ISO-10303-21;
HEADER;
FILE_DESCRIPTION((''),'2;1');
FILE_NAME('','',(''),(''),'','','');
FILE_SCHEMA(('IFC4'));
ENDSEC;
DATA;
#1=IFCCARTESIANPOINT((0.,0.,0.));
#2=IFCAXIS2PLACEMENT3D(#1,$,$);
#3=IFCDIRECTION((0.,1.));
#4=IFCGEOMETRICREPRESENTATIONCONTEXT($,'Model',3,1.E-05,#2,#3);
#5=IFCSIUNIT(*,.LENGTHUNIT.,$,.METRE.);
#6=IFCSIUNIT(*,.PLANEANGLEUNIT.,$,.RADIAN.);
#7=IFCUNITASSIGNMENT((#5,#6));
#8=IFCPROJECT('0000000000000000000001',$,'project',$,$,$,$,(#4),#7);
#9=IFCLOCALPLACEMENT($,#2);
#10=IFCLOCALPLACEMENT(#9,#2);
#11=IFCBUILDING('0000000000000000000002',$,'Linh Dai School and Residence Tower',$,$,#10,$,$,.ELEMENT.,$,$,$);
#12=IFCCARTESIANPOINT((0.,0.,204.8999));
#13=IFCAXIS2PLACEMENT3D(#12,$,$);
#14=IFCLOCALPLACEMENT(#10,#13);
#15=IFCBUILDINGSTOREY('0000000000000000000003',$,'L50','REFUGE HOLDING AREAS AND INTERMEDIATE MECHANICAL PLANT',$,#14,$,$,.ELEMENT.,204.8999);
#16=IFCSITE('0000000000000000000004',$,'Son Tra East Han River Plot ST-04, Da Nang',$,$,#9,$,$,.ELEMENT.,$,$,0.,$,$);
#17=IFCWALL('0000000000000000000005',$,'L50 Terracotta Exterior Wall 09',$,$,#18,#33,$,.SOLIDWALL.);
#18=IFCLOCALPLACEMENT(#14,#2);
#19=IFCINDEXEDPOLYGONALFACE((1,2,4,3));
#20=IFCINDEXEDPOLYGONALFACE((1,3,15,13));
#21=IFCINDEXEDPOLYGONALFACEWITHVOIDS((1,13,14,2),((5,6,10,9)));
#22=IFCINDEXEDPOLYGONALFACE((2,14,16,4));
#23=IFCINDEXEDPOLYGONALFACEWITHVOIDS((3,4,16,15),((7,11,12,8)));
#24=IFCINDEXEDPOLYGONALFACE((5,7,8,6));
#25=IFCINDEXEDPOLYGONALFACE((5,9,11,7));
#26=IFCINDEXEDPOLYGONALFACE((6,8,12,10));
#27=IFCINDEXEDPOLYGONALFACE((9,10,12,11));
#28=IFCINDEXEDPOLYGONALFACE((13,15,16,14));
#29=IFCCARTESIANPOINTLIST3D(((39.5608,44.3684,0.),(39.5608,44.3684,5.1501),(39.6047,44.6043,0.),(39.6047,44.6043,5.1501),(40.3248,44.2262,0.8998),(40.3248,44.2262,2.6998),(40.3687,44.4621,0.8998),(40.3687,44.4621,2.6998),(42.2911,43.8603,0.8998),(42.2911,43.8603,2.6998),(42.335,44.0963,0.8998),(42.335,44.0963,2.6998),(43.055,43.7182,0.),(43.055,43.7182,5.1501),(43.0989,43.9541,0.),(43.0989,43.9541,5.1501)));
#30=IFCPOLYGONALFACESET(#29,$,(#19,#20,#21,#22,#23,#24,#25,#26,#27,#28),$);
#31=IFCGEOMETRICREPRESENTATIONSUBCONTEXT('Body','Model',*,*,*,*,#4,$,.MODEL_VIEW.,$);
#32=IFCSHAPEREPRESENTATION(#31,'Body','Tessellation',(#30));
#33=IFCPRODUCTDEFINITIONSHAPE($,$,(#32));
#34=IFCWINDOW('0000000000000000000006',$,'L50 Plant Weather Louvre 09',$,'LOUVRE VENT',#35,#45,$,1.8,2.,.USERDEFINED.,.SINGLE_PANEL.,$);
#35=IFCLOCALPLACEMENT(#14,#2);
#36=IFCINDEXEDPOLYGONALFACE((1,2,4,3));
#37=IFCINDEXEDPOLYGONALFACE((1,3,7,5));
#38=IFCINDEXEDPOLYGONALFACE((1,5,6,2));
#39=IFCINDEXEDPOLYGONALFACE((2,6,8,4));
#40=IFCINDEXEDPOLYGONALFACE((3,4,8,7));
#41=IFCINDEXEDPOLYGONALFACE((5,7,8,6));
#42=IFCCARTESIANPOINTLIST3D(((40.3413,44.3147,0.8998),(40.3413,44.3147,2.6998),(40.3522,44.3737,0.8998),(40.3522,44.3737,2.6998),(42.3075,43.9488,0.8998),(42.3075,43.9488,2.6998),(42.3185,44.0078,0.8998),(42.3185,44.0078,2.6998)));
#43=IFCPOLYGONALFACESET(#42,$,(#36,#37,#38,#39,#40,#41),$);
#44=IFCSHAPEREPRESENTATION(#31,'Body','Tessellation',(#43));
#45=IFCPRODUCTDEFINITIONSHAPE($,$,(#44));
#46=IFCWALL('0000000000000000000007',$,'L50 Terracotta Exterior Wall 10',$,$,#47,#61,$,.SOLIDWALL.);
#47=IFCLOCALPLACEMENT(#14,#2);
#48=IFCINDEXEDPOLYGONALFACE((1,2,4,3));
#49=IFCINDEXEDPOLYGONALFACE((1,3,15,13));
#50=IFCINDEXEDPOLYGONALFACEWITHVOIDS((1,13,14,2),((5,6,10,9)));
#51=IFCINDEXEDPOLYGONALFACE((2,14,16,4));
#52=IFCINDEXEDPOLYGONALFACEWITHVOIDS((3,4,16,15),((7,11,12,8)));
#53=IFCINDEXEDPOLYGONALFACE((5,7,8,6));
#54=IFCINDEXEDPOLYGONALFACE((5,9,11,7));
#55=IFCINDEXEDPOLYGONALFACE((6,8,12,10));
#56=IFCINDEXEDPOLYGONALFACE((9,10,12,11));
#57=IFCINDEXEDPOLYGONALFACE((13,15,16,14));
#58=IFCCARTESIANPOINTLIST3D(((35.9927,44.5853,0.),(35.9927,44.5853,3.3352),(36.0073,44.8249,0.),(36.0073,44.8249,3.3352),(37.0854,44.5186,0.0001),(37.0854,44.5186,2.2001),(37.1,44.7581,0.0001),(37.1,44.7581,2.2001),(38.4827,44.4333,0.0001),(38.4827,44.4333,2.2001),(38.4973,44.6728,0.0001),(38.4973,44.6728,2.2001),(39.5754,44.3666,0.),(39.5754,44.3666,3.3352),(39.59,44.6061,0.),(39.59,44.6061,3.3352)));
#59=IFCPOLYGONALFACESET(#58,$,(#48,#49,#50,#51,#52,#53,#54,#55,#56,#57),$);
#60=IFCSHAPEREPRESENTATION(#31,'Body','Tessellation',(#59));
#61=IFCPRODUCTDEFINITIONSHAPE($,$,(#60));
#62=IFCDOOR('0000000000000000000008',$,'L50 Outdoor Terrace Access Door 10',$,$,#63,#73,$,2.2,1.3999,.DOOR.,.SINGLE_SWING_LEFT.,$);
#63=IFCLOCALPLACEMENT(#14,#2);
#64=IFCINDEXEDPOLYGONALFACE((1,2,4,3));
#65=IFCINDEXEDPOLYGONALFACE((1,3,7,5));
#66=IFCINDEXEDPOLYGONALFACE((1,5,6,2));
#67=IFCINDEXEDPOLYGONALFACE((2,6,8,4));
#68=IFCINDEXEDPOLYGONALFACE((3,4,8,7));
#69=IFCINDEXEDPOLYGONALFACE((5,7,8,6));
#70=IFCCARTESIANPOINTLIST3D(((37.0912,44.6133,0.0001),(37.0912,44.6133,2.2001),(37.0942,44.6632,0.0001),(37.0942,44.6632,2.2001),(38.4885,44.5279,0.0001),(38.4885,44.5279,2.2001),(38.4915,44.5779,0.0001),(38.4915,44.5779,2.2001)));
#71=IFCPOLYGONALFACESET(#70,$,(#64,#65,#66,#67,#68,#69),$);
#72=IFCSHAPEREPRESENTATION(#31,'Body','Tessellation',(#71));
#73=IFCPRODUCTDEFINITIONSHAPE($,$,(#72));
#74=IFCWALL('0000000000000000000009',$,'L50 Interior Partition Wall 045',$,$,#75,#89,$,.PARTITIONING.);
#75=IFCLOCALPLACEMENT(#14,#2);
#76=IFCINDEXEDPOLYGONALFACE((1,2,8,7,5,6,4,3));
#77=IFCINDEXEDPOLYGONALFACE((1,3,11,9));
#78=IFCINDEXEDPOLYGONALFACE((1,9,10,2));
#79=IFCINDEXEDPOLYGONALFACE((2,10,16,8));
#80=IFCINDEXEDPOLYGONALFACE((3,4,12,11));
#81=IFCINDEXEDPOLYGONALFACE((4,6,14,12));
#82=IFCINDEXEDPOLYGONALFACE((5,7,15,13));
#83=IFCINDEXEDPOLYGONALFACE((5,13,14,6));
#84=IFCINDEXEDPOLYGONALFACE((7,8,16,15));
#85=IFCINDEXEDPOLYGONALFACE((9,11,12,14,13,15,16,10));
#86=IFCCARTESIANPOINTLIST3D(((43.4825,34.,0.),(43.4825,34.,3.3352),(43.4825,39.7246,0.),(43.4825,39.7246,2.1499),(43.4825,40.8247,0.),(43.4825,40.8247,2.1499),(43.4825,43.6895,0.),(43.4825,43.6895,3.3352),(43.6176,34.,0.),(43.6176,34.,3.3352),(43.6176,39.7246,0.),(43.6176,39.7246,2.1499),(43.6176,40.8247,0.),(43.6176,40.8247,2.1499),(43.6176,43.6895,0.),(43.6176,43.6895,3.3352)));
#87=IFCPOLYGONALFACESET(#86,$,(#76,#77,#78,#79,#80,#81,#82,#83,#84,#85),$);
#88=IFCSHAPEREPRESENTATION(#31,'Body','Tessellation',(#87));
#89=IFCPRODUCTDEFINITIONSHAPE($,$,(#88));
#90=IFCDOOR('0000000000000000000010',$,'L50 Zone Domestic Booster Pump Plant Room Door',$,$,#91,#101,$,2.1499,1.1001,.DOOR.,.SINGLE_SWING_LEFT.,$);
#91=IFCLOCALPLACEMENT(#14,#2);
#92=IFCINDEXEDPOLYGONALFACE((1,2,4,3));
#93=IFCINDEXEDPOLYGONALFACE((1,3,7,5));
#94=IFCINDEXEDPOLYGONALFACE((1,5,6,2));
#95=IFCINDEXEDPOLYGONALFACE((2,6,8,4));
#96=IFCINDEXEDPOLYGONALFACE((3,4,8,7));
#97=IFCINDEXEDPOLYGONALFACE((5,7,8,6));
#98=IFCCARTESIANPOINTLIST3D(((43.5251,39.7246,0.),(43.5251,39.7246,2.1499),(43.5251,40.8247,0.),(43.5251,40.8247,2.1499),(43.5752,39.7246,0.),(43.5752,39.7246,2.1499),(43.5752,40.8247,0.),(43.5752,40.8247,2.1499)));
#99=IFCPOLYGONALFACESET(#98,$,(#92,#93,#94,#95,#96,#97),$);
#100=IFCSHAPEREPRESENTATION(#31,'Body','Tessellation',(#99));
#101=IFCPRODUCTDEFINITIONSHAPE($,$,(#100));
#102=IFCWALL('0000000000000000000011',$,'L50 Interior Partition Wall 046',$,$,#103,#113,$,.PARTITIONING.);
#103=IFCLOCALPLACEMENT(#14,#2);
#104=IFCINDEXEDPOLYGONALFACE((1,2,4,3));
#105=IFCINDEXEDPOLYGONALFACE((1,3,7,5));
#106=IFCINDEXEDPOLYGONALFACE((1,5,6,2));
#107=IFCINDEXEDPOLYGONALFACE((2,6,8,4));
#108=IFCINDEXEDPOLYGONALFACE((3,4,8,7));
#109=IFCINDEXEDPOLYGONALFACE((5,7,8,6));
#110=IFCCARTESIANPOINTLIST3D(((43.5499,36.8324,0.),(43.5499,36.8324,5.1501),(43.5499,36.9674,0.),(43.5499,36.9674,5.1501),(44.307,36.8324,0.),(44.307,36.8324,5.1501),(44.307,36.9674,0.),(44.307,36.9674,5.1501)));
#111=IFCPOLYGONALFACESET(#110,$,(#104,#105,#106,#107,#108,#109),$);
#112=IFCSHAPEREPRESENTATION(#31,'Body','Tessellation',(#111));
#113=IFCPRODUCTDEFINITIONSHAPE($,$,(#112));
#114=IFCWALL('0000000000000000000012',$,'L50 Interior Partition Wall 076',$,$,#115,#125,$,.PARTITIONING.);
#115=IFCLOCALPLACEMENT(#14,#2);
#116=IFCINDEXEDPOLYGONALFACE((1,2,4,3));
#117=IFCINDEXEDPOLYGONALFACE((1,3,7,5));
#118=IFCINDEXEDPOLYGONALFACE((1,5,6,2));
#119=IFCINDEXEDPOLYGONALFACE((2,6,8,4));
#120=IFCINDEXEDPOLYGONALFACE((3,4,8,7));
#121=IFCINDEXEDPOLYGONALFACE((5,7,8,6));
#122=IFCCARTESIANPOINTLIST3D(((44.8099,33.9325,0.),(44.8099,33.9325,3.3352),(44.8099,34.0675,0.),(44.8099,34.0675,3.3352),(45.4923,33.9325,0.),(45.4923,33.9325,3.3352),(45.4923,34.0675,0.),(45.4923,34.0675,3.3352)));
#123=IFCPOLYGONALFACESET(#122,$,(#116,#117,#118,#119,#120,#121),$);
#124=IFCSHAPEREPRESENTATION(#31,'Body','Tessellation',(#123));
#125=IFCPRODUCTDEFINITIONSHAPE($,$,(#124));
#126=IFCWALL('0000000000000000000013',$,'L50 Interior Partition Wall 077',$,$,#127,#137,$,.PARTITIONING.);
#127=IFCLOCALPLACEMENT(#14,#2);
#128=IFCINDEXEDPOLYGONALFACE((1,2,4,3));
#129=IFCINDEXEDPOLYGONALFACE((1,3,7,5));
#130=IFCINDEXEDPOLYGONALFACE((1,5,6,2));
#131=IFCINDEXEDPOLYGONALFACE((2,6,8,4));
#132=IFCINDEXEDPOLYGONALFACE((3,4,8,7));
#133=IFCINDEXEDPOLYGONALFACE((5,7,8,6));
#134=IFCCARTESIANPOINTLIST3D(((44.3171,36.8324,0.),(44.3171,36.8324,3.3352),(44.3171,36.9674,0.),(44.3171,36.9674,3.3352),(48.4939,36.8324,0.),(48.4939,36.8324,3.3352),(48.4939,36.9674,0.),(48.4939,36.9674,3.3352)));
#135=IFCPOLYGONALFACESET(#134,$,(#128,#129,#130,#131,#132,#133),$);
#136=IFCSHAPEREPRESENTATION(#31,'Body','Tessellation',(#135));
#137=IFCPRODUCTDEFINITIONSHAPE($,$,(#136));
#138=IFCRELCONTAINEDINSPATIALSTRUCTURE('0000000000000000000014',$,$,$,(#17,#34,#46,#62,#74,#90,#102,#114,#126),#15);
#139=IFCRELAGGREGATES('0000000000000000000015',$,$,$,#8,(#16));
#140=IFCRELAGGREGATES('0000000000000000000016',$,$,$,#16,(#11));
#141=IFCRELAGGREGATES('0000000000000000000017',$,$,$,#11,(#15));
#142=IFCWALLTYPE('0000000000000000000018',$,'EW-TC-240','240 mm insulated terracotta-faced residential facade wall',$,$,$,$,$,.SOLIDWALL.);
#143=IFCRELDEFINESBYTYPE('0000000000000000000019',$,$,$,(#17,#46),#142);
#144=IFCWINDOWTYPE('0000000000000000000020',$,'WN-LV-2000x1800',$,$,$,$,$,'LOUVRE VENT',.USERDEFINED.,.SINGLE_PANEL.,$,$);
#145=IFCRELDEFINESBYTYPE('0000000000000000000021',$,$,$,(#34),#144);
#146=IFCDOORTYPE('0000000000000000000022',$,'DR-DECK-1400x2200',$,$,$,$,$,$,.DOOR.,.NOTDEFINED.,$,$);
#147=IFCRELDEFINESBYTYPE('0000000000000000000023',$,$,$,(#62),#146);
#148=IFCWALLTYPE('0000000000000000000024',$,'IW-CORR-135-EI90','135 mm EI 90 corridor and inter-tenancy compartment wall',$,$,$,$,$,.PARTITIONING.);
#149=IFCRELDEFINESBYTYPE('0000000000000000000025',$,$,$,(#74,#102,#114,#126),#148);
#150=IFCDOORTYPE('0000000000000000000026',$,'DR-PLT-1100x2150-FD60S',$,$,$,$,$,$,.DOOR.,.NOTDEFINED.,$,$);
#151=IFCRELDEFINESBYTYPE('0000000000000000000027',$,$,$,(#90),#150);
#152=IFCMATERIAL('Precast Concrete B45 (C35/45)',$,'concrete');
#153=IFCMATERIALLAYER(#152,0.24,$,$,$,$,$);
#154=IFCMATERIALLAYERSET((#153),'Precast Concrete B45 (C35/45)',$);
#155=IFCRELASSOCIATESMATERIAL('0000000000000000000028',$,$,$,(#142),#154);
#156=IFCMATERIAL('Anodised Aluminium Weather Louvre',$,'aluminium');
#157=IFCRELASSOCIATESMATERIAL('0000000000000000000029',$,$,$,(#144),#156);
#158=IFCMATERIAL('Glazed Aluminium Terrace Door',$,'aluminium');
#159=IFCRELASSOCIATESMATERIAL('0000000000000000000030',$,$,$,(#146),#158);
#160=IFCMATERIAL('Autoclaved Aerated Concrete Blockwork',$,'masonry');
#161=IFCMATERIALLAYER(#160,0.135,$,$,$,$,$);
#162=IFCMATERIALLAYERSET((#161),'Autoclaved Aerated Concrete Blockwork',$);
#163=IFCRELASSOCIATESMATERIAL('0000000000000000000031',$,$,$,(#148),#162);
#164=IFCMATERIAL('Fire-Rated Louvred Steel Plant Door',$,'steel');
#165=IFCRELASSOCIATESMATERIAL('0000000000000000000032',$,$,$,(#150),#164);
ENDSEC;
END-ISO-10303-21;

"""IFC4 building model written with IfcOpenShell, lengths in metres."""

from ifc_helpers import new_model, si_unit, direction, frame, frame_2d, origin, origin_2d, place, context, subcontext, project, spatial, rectangle, extrude, source, transform, mapped, material, layer, layer_set, type_object, element, fill, save


model = new_model("IFC4")

# Units and contexts
model_context = context("Model", 3, precision=1e-05, world=origin(), true_north=direction((0.0, 1.0)))
body_context = subcontext(model_context, "Body", "Model", "MODEL_VIEW")
ifc_project = project(units=[si_unit("LENGTHUNIT", "METRE"), si_unit("PLANEANGLEUNIT", "RADIAN")], contexts=[model_context])

# Site, building, storey
site_placement = place(None, origin())
site = spatial("IfcSite", under=ifc_project, at=site_placement, Name="Son Tra East Han River Plot ST-04, Da Nang", CompositionType="ELEMENT", RefElevation=0.0)
building_placement = place(site_placement, origin())
building = spatial("IfcBuilding", under=site, at=building_placement, Name="Linh Dai School and Residence Tower", CompositionType="ELEMENT")
storey_placement = place(building_placement, frame((0.0, 0.0, 204.8999)))
storey = spatial("IfcBuildingStorey", under=building, at=storey_placement, Name="L50", Description="REFUGE HOLDING AREAS AND INTERMEDIATE MECHANICAL PLANT", CompositionType="ELEMENT", Elevation=204.8999)

# Shared definitions
ifc_material_1 = material(Name="Precast Concrete B45 (C35/45)", Category="concrete")
ifc_layer_1 = layer(ifc_material_1, 0.24)
ifc_layer_set_1 = layer_set([ifc_layer_1], Name="Precast Concrete B45 (C35/45)")
wall_type_1 = type_object("IfcWallType", Name="EW-TC-240", Description="240 mm insulated terracotta-faced residential facade wall", PredefinedType="SOLIDWALL", material=ifc_layer_set_1)

# Wall, opening, window
wall_1_placement = place(storey_placement, frame((39.5828, 44.4863, 0.0), z_axis=(0.0, 0.0, 1.0), x_axis=(0.983126, -0.182928, 0.0)))
wall_1 = element("IfcWall", 1, at=wall_1_placement, inside=storey, type_object=wall_type_1, Name="L50 Terracotta Exterior Wall 09", PredefinedType="SOLIDWALL", context=body_context, shape_type="SweptSolid", body=[
    extrude(rectangle(XDim=3.5542, YDim=0.24, at=frame_2d((1.7771, 0.0))), origin(), (0.0, 0.0, 1.0), 5.1501),
])
opening_1_placement = place(wall_1_placement, frame((0.7771, 0.0, 0.8999)))
opening_1 = element("IfcOpeningElement", 2, at=opening_1_placement, cuts=wall_1, PredefinedType="OPENING", context=body_context, shape_type="SweptSolid", body=[
    extrude(rectangle(XDim=2.0, YDim=1.8, at=origin_2d()), frame((1.0, 0.1299, 0.8999), z_axis=(0.0, -1.0, 0.0), x_axis=(1.0, 0.0, 0.0)), (0.0, 0.0, 1.0), 0.26),
])
ifc_material_2 = material(Name="Anodised Aluminium Weather Louvre", Category="aluminium")
window_type = type_object("IfcWindowType", Name="WN-LV-2000x1800", ElementType="LOUVRE VENT", PartitioningType="SINGLE_PANEL", PredefinedType="USERDEFINED", material=ifc_material_2)
shared_shape_1 = source(origin(), body_context, "Body", "SweptSolid", [
    extrude(rectangle(XDim=2.0, YDim=1.8, at=origin_2d()), frame((1.0, 0.03, 0.8999), z_axis=(0.0, -1.0, 0.0), x_axis=(1.0, 0.0, 0.0)), (0.0, 0.0, 1.0), 0.0601),
])
window_placement = place(opening_1_placement, origin())
window = element("IfcWindow", 3, at=window_placement, inside=storey, type_object=window_type, Name="L50 Plant Weather Louvre 09", ObjectType="LOUVRE VENT", OverallHeight=1.8, OverallWidth=2.0, PartitioningType="SINGLE_PANEL", PredefinedType="USERDEFINED", context=body_context, shape_type="MappedRepresentation", body=[
    mapped(shared_shape_1, transform((0.0, 0.0, 0.0), x_axis=(1.0, 0.0, 0.0), y_axis=(0.0, 1.0, 0.0), z_axis=(0.0, 0.0, 1.0), scale=1.0)),
])
fill(opening_1, window)

# Walls, openings, doors
wall_2_placement = place(storey_placement, frame((36.0, 44.7051, 0.0), z_axis=(0.0, 0.0, 1.0), x_axis=(0.998141, -0.060943, 0.0)))
wall_2 = element("IfcWall", 4, at=wall_2_placement, inside=storey, type_object=wall_type_1, Name="L50 Terracotta Exterior Wall 10", PredefinedType="SOLIDWALL", context=body_context, shape_type="SweptSolid", body=[
    extrude(rectangle(XDim=3.5894, YDim=0.24, at=frame_2d((1.7947, 0.0))), origin(), (0.0, 0.0, 1.0), 3.3352),
])
opening_2_placement = place(wall_2_placement, frame((1.0947, 0.0, 0.0)))
opening_2 = element("IfcOpeningElement", 5, at=opening_2_placement, cuts=wall_2, PredefinedType="OPENING", context=body_context, shape_type="SweptSolid", body=[
    extrude(rectangle(XDim=1.3999, YDim=2.2, at=origin_2d()), frame((0.7, 0.1299, 1.1001), z_axis=(0.0, -1.0, 0.0), x_axis=(1.0, 0.0, 0.0)), (0.0, 0.0, 1.0), 0.26),
])
ifc_material_3 = material(Name="Glazed Aluminium Terrace Door", Category="aluminium")
door_type_1 = type_object("IfcDoorType", Name="DR-DECK-1400x2200", OperationType="NOTDEFINED", PredefinedType="DOOR", material=ifc_material_3)
shared_shape_2 = source(origin(), body_context, "Body", "SweptSolid", [
    extrude(rectangle(XDim=1.3999, YDim=2.2, at=origin_2d()), frame((0.7, 0.0249, 1.1001), z_axis=(0.0, -1.0, 0.0), x_axis=(1.0, 0.0, 0.0)), (0.0, 0.0, 1.0), 0.05),
])
door_1_placement = place(opening_2_placement, origin())
door_1 = element("IfcDoor", 6, at=door_1_placement, inside=storey, type_object=door_type_1, Name="L50 Outdoor Terrace Access Door 10", OperationType="SINGLE_SWING_LEFT", OverallHeight=2.2, OverallWidth=1.3999, PredefinedType="DOOR", context=body_context, shape_type="MappedRepresentation", body=[
    mapped(shared_shape_2, transform((0.0, 0.0, 0.0), x_axis=(1.0, 0.0, 0.0), y_axis=(0.0, 1.0, 0.0), z_axis=(0.0, 0.0, 1.0), scale=1.0)),
])
fill(opening_2, door_1)
ifc_material_4 = material(Name="Autoclaved Aerated Concrete Blockwork", Category="masonry")
ifc_layer_2 = layer(ifc_material_4, 0.135)
ifc_layer_set_2 = layer_set([ifc_layer_2], Name="Autoclaved Aerated Concrete Blockwork")
wall_type_2 = type_object("IfcWallType", Name="IW-CORR-135-EI90", Description="135 mm EI 90 corridor and inter-tenancy compartment wall", PredefinedType="PARTITIONING", material=ifc_layer_set_2)
wall_3_placement = place(storey_placement, frame((43.55, 34.0, 0.0), z_axis=(0.0, 0.0, 1.0), x_axis=(0.0, 1.0, 0.0)))
wall_3 = element("IfcWall", 7, at=wall_3_placement, inside=storey, type_object=wall_type_2, Name="L50 Interior Partition Wall 045", PredefinedType="PARTITIONING", context=body_context, shape_type="SweptSolid", body=[
    extrude(rectangle(XDim=9.6895, YDim=0.135, at=frame_2d((4.8447, 0.0))), origin(), (0.0, 0.0, 1.0), 3.3352),
])
opening_3_placement = place(wall_3_placement, frame((5.7246, 0.0, 0.0)))
opening_3 = element("IfcOpeningElement", 8, at=opening_3_placement, cuts=wall_3, PredefinedType="OPENING", context=body_context, shape_type="SweptSolid", body=[
    extrude(rectangle(XDim=1.1001, YDim=2.1499, at=origin_2d()), frame((0.55, 0.0776, 1.075), z_axis=(0.0, -1.0, 0.0), x_axis=(1.0, 0.0, 0.0)), (0.0, 0.0, 1.0), 0.155),
])
ifc_material_5 = material(Name="Fire-Rated Louvred Steel Plant Door", Category="steel")
door_type_2 = type_object("IfcDoorType", Name="DR-PLT-1100x2150-FD60S", OperationType="NOTDEFINED", PredefinedType="DOOR", material=ifc_material_5)
shared_shape_3 = source(origin(), body_context, "Body", "SweptSolid", [
    extrude(rectangle(XDim=1.1001, YDim=2.1499, at=origin_2d()), frame((0.55, 0.0249, 1.075), z_axis=(0.0, -1.0, 0.0), x_axis=(1.0, 0.0, 0.0)), (0.0, 0.0, 1.0), 0.05),
])
door_2_placement = place(opening_3_placement, origin())
door_2 = element("IfcDoor", 9, at=door_2_placement, inside=storey, type_object=door_type_2, Name="L50 Zone Domestic Booster Pump Plant Room Door", OperationType="SINGLE_SWING_LEFT", OverallHeight=2.1499, OverallWidth=1.1001, PredefinedType="DOOR", context=body_context, shape_type="MappedRepresentation", body=[
    mapped(shared_shape_3, transform((0.0, 0.0, 0.0), x_axis=(1.0, 0.0, 0.0), y_axis=(0.0, 1.0, 0.0), z_axis=(0.0, 0.0, 1.0), scale=1.0)),
])
fill(opening_3, door_2)

# Walls
wall_4_placement = place(storey_placement, frame((43.55, 36.8999, 0.0), z_axis=(0.0, 0.0, 1.0), x_axis=(1.0, 0.0, 0.0)))
element("IfcWall", 10, at=wall_4_placement, inside=storey, type_object=wall_type_2, Name="L50 Interior Partition Wall 046", PredefinedType="PARTITIONING", context=body_context, shape_type="SweptSolid", body=[
    extrude(rectangle(XDim=0.7571, YDim=0.135, at=frame_2d((0.3784, 0.0))), origin(), (0.0, 0.0, 1.0), 5.1501),
])
wall_5_placement = place(storey_placement, frame((45.4924, 34.0, 0.0), z_axis=(0.0, 0.0, 1.0), x_axis=(-1.0, 0.0, 0.0)))
element("IfcWall", 11, at=wall_5_placement, inside=storey, type_object=wall_type_2, Name="L50 Interior Partition Wall 076", PredefinedType="PARTITIONING", context=body_context, shape_type="SweptSolid", body=[
    extrude(rectangle(XDim=0.6824, YDim=0.135, at=frame_2d((0.3413, 0.0))), origin(), (0.0, 0.0, 1.0), 3.3352),
])
wall_6_placement = place(storey_placement, frame((44.3171, 36.8999, 0.0), z_axis=(0.0, 0.0, 1.0), x_axis=(1.0, 0.0, 0.0)))
element("IfcWall", 12, at=wall_6_placement, inside=storey, type_object=wall_type_2, Name="L50 Interior Partition Wall 077", PredefinedType="PARTITIONING", context=body_context, shape_type="SweptSolid", body=[
    extrude(rectangle(XDim=4.1768, YDim=0.135, at=frame_2d((2.0884, 0.0))), origin(), (0.0, 0.0, 1.0), 3.3352),
])

save(model, "model.ifc")
